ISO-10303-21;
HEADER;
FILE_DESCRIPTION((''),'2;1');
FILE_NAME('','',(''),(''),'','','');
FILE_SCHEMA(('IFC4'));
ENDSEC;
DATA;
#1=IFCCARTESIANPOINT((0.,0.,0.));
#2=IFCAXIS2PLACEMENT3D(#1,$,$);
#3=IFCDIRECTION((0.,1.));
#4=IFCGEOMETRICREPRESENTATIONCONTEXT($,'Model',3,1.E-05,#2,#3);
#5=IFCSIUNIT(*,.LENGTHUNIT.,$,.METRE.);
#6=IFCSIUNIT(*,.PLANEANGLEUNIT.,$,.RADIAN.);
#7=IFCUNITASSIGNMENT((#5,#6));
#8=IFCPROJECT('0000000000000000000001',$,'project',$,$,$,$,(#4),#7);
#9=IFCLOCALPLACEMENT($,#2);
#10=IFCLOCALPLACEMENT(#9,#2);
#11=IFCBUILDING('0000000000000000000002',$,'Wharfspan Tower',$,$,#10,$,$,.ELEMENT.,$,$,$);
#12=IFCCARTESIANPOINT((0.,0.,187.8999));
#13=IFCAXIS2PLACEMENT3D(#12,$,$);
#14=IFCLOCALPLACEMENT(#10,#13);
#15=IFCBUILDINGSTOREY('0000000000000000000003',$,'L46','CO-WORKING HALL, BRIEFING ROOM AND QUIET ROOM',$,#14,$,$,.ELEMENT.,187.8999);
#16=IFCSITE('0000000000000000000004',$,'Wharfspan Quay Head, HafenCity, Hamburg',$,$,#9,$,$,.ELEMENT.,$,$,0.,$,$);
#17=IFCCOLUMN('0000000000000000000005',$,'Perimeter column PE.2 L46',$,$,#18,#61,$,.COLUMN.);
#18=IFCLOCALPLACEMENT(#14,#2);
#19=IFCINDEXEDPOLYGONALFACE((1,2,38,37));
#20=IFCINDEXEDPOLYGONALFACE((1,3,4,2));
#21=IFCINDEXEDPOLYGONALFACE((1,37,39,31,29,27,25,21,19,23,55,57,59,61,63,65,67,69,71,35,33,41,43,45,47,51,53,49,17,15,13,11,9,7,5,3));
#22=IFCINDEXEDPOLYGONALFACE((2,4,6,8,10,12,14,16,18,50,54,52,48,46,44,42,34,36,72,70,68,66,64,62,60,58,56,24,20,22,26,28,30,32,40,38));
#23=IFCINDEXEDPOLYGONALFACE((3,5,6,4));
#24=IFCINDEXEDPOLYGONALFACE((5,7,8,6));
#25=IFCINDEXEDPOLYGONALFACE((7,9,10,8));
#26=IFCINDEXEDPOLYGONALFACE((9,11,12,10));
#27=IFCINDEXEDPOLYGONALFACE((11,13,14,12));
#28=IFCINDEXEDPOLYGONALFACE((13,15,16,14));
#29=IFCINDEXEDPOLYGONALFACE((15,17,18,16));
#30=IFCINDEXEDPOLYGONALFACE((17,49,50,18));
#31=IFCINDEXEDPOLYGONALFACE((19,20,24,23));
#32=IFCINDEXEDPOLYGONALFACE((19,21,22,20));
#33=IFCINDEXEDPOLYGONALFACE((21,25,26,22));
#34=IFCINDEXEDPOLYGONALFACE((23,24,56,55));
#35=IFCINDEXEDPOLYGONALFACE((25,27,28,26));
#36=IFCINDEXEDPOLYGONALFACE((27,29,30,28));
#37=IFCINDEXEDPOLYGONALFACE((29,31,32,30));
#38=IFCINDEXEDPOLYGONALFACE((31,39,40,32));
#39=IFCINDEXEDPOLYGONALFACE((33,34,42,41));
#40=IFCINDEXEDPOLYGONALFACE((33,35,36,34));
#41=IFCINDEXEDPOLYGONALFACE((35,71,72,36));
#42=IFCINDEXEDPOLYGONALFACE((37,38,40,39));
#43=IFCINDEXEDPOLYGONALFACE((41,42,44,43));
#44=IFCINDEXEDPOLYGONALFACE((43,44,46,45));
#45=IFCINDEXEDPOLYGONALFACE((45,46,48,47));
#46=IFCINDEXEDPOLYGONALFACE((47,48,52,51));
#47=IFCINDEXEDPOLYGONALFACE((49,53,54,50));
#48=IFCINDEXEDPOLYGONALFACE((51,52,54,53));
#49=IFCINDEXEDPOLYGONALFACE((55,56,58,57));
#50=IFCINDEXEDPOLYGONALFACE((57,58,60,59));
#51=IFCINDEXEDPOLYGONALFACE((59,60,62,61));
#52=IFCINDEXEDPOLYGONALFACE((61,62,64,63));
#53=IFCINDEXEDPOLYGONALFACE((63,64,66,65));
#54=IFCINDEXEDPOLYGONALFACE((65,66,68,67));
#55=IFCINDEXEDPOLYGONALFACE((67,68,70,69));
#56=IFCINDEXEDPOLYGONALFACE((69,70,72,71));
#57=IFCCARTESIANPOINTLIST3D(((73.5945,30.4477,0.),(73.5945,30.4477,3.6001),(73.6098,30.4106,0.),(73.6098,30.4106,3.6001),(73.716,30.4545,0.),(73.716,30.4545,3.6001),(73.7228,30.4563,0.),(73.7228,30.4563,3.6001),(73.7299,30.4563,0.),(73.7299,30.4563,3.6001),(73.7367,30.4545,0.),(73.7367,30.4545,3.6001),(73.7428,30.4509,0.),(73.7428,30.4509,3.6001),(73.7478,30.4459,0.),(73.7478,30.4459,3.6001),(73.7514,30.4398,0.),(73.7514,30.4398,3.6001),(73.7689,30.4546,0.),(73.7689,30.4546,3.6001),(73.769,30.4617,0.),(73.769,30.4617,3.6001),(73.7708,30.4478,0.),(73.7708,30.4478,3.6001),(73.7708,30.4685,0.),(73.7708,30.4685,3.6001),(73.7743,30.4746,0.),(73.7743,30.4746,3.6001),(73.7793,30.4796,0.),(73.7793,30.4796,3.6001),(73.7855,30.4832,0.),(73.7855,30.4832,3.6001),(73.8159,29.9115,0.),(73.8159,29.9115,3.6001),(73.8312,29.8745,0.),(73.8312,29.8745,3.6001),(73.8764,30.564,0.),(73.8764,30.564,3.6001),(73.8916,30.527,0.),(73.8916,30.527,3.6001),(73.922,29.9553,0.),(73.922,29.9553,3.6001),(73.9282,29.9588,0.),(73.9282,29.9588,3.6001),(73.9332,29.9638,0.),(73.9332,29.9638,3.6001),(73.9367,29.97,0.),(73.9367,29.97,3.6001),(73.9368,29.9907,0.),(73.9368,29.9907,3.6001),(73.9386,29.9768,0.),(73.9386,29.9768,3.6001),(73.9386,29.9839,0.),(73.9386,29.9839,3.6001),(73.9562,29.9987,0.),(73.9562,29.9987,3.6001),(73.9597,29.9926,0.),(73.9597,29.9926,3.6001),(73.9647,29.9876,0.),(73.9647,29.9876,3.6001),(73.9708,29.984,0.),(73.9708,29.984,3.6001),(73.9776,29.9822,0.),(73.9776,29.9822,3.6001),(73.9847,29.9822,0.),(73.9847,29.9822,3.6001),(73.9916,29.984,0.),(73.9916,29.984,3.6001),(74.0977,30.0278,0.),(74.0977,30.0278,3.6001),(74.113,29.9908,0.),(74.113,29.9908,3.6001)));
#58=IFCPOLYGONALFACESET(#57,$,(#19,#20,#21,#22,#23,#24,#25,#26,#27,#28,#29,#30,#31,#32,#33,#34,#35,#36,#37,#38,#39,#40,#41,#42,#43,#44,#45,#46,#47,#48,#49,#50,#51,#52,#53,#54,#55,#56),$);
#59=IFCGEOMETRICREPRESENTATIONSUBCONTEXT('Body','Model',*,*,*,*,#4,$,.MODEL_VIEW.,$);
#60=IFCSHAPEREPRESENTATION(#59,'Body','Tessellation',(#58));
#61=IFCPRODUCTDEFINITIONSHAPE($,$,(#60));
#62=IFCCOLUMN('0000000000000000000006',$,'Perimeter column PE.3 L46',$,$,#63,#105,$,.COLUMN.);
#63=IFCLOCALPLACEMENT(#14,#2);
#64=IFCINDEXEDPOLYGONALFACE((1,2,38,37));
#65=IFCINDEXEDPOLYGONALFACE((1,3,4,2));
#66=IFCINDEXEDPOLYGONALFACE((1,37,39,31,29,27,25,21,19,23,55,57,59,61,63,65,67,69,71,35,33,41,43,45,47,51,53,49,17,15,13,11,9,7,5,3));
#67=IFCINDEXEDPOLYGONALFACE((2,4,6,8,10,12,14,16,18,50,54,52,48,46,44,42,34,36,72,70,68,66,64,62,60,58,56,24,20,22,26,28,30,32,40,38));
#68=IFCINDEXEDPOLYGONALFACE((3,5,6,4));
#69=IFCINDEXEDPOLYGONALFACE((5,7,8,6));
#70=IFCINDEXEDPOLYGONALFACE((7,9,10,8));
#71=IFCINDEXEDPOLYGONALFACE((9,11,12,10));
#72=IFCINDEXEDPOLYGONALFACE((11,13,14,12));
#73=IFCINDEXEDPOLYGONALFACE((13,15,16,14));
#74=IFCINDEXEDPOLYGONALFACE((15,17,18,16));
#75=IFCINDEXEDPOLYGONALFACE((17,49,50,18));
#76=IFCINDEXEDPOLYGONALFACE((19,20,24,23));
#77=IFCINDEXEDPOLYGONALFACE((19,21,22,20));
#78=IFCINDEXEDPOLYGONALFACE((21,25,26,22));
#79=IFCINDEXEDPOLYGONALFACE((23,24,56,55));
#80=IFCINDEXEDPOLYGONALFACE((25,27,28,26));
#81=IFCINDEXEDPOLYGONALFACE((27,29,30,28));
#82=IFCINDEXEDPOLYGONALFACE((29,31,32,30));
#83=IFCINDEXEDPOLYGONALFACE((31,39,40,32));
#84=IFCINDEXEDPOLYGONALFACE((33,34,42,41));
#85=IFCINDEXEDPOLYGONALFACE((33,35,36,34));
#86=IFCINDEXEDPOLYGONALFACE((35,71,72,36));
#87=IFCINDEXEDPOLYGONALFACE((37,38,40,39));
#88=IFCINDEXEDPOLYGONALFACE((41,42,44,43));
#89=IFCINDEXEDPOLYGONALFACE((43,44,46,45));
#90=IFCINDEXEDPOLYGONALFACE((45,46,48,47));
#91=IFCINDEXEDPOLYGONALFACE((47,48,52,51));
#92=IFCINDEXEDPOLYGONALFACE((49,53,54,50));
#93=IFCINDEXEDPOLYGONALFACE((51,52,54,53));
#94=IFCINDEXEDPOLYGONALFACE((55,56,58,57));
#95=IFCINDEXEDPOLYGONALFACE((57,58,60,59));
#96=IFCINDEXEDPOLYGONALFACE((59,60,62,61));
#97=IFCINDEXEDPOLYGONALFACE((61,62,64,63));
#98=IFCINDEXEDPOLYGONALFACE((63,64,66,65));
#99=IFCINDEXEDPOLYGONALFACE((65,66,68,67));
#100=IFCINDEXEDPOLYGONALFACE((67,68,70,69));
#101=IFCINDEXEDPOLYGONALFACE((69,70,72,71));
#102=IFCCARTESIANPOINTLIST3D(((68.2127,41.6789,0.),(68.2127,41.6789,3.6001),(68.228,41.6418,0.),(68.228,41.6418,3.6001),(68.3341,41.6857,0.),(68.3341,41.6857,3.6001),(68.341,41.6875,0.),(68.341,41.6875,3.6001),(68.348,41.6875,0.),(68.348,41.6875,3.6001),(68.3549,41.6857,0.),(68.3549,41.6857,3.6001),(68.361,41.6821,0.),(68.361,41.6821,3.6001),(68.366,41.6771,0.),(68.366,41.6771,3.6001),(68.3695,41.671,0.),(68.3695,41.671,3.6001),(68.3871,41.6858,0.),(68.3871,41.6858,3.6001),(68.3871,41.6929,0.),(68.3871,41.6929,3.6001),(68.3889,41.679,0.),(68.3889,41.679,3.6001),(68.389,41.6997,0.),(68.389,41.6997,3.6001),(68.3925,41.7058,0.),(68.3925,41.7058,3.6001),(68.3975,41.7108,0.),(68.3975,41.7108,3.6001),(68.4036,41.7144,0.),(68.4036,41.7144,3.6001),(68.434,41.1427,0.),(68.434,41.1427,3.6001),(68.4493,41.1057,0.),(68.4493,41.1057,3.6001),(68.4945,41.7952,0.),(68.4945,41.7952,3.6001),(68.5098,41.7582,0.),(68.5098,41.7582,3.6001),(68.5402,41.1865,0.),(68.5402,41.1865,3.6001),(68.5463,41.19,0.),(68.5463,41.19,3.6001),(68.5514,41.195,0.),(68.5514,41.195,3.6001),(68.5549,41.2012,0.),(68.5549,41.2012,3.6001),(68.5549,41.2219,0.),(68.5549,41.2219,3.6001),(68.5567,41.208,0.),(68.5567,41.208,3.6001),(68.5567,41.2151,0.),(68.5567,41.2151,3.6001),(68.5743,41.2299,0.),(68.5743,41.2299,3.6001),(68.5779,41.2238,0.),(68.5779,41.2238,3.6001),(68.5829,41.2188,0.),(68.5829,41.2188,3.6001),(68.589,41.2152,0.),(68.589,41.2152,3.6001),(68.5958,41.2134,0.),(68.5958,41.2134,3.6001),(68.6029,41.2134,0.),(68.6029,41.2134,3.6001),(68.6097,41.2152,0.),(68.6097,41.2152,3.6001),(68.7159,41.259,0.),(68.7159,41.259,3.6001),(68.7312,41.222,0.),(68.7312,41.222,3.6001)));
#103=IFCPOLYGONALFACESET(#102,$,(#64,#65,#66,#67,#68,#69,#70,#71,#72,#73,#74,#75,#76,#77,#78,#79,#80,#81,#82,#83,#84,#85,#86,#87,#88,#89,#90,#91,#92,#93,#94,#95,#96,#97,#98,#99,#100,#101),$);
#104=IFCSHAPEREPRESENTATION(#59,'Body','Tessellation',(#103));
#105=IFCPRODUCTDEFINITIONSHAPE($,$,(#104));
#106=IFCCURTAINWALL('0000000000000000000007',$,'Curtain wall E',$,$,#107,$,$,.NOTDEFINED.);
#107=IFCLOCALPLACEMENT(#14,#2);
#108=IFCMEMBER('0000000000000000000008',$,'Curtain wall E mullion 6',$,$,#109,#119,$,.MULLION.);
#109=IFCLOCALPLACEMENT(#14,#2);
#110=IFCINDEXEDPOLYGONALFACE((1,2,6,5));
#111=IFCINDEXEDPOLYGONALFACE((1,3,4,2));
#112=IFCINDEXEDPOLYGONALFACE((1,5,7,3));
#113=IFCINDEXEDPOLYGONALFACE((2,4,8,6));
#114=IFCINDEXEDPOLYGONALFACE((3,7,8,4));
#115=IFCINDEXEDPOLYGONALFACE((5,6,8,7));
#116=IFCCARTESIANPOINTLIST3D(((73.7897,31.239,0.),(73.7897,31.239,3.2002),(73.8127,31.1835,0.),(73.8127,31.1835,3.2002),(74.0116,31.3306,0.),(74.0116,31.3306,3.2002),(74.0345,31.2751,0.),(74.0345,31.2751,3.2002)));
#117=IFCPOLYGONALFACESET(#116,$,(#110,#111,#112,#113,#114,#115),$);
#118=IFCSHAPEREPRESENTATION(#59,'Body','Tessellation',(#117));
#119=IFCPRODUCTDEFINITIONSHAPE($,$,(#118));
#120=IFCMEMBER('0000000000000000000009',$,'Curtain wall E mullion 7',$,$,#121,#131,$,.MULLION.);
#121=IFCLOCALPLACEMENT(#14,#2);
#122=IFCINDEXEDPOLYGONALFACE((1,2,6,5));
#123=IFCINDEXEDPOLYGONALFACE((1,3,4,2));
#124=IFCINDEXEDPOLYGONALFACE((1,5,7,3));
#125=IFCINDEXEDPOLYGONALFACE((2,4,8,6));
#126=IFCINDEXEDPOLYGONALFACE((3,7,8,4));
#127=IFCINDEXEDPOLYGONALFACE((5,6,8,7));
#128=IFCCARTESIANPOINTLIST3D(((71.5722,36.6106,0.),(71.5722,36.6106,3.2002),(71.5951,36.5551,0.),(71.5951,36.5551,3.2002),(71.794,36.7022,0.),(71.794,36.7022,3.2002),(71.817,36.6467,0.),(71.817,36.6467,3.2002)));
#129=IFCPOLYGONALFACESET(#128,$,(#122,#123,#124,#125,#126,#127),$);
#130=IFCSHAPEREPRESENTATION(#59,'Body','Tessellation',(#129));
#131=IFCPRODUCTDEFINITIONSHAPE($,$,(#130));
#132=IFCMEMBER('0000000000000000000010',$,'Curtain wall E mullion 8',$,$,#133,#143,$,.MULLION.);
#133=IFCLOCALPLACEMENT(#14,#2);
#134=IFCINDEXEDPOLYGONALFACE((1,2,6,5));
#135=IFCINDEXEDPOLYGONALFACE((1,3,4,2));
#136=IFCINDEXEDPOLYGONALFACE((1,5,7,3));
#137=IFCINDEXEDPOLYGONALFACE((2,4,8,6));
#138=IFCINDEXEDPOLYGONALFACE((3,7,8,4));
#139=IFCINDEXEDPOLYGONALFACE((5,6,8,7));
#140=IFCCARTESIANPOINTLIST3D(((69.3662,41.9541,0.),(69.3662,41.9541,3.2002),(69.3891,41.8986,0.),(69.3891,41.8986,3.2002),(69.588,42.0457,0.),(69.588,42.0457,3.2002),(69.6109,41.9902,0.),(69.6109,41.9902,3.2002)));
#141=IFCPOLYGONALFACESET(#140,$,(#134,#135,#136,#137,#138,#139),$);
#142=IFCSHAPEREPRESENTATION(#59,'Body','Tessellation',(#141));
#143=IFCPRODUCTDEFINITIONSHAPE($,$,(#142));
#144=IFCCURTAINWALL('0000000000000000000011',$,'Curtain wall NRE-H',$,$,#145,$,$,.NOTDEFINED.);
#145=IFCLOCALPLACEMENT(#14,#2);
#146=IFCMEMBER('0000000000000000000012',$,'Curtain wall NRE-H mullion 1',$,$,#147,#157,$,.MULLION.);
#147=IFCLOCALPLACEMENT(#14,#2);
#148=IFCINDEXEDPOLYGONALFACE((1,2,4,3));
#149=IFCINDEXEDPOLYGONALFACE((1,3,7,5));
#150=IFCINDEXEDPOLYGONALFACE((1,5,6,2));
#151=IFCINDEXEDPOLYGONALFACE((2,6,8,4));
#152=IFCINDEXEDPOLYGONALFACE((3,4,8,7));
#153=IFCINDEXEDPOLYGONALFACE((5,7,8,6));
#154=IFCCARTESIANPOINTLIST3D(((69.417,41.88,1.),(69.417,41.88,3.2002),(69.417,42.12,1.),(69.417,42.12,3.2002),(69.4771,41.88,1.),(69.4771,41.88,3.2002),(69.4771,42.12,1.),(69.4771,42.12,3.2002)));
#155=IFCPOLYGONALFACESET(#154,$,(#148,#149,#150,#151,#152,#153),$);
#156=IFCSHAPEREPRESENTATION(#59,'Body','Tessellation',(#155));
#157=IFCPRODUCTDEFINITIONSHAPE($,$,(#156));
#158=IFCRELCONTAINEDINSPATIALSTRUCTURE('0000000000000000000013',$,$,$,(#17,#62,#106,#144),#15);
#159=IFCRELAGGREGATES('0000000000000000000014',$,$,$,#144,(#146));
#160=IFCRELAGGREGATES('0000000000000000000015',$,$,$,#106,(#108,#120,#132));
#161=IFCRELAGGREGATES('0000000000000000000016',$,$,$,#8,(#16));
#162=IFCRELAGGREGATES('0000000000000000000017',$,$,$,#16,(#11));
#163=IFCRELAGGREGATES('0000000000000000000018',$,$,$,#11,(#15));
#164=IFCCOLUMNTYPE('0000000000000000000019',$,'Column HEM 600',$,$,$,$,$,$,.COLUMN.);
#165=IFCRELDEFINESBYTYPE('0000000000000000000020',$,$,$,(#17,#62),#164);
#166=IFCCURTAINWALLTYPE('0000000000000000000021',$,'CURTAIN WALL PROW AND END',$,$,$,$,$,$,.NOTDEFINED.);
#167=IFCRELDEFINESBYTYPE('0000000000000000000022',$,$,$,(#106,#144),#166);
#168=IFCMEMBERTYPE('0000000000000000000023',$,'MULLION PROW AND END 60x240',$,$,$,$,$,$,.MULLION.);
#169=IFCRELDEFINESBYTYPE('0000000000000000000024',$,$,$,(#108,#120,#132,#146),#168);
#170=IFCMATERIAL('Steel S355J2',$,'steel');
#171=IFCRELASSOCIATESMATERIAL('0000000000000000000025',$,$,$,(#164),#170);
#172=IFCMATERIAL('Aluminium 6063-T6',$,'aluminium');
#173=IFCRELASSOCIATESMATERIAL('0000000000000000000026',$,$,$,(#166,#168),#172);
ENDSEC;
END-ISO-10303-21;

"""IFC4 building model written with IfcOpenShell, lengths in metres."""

from ifc_helpers import new_model, si_unit, direction, frame, origin, origin_2d, place, context, subcontext, project, spatial, rectangle, i_section, extrude, material, material_profile, profile_set, type_object, element, aggregate, save


model = new_model("IFC4")

# Units and contexts
model_context = context("Model", 3, precision=1e-05, world=origin(), true_north=direction((0.0, 1.0)))
body_context = subcontext(model_context, "Body", "Model", "MODEL_VIEW")
ifc_project = project(units=[si_unit("LENGTHUNIT", "METRE"), si_unit("PLANEANGLEUNIT", "RADIAN")], contexts=[model_context])

# Site, building, storey
site_placement = place(None, origin())
site = spatial("IfcSite", under=ifc_project, at=site_placement, Name="Wharfspan Quay Head, HafenCity, Hamburg", CompositionType="ELEMENT", RefElevation=0.0)
building_placement = place(site_placement, origin())
building = spatial("IfcBuilding", under=site, at=building_placement, Name="Wharfspan Tower", CompositionType="ELEMENT")
storey_placement = place(building_placement, frame((0.0, 0.0, 187.8999)))
storey = spatial("IfcBuildingStorey", under=building, at=storey_placement, Name="L46", Description="CO-WORKING HALL, BRIEFING ROOM AND QUIET ROOM", CompositionType="ELEMENT", Elevation=187.8999)

# Columns
ifc_material_1 = material(Name="Steel S355J2", Category="steel")
ifc_material_profile_1 = material_profile(ifc_material_1, i_section(OverallWidth=0.3049, OverallDepth=0.6201, WebThickness=0.021, FlangeThickness=0.04, FilletRadius=0.0271, at=origin_2d()))
ifc_profile_set_1 = profile_set([ifc_material_profile_1], Name="Steel S355J2")
column_type = type_object("IfcColumnType", Name="Column HEM 600", PredefinedType="COLUMN", material=ifc_profile_set_1)
for number, where, z_axis, x_axis, name in (
    (1, (73.8538, 30.2192, 0.0), (0.0, 0.0, 1.0), (0.924325, 0.381602, 0.0), "Perimeter column PE.2 L46"),
    (2, (68.4719, 41.4504, 0.0), (0.0, 0.0, 1.0), (0.924325, 0.381602, 0.0), "Perimeter column PE.3 L46"),
):
    element("IfcColumn", number, at=place(storey_placement, frame(where, z_axis=z_axis, x_axis=x_axis)), inside=storey, type_object=column_type, Name=name, PredefinedType="COLUMN", context=body_context, shape_type="SweptSolid", body=[
        extrude(i_section(OverallWidth=0.3049, OverallDepth=0.6201, WebThickness=0.021, FlangeThickness=0.04, FilletRadius=0.0271, at=origin_2d()), origin(), (0.0, 0.0, 1.0), 3.6001),
    ])

# Curtain wall, members
ifc_material_2 = material(Name="Aluminium 6063-T6", Category="aluminium")
curtain_wall_type = type_object("IfcCurtainWallType", Name="CURTAIN WALL PROW AND END", PredefinedType="NOTDEFINED", material=ifc_material_2)
curtain_wall_1_placement = place(storey_placement, origin())
curtain_wall_1 = element("IfcCurtainWall", 3, at=curtain_wall_1_placement, inside=storey, type_object=curtain_wall_type, Name="Curtain wall E", PredefinedType="NOTDEFINED")
ifc_material_profile_2 = material_profile(ifc_material_2, rectangle(XDim=0.24, YDim=0.0601, at=origin_2d()))
ifc_profile_set_2 = profile_set([ifc_material_profile_2], Name="Aluminium 6063-T6")
member_type_1 = type_object("IfcMemberType", Name="MULLION PROW AND END 60x240", PredefinedType="MULLION", material=ifc_profile_set_2)
member_1_placement = place(storey_placement, frame((73.9121, 31.2571, 0.0), z_axis=(0.0, 0.0, 1.0), x_axis=(-0.924325, -0.381602, 0.0)))
member_1 = element("IfcMember", 4, at=member_1_placement, type_object=member_type_1, Name="Curtain wall E mullion 6", PredefinedType="MULLION", context=body_context, shape_type="SweptSolid", body=[
    extrude(rectangle(XDim=0.24, YDim=0.0601, at=origin_2d()), origin(), (0.0, 0.0, 1.0), 3.2002),
])
member_2_placement = place(storey_placement, frame((71.6946, 36.6287, 0.0), z_axis=(0.0, 0.0, 1.0), x_axis=(-0.924325, -0.381602, 0.0)))
member_2 = element("IfcMember", 5, at=member_2_placement, type_object=member_type_1, Name="Curtain wall E mullion 7", PredefinedType="MULLION", context=body_context, shape_type="SweptSolid", body=[
    extrude(rectangle(XDim=0.24, YDim=0.0601, at=origin_2d()), origin(), (0.0, 0.0, 1.0), 3.2002),
])
member_3_placement = place(storey_placement, frame((69.4885, 41.9722, 0.0), z_axis=(0.0, 0.0, 1.0), x_axis=(-0.924325, -0.381602, 0.0)))
member_3 = element("IfcMember", 6, at=member_3_placement, type_object=member_type_1, Name="Curtain wall E mullion 8", PredefinedType="MULLION", context=body_context, shape_type="SweptSolid", body=[
    extrude(rectangle(XDim=0.24, YDim=0.0601, at=origin_2d()), origin(), (0.0, 0.0, 1.0), 3.2002),
])

# Curtain wall, member
curtain_wall_2_placement = place(storey_placement, origin())
curtain_wall_2 = element("IfcCurtainWall", 7, at=curtain_wall_2_placement, inside=storey, type_object=curtain_wall_type, Name="Curtain wall NRE-H", PredefinedType="NOTDEFINED")
member_4_placement = place(storey_placement, frame((69.447, 42.0, 1.0), z_axis=(0.0, 0.0, 1.0), x_axis=(0.0, -1.0, 0.0)))
member_4 = element("IfcMember", 8, at=member_4_placement, type_object=member_type_1, Name="Curtain wall NRE-H mullion 1", PredefinedType="MULLION", context=body_context, shape_type="SweptSolid", body=[
    extrude(rectangle(XDim=0.24, YDim=0.0601, at=origin_2d()), origin(), (0.0, 0.0, 1.0), 2.2002),
])

aggregate(curtain_wall_2, [member_4])
aggregate(curtain_wall_1, [member_1, member_2, member_3])

save(model, "model.ifc")
